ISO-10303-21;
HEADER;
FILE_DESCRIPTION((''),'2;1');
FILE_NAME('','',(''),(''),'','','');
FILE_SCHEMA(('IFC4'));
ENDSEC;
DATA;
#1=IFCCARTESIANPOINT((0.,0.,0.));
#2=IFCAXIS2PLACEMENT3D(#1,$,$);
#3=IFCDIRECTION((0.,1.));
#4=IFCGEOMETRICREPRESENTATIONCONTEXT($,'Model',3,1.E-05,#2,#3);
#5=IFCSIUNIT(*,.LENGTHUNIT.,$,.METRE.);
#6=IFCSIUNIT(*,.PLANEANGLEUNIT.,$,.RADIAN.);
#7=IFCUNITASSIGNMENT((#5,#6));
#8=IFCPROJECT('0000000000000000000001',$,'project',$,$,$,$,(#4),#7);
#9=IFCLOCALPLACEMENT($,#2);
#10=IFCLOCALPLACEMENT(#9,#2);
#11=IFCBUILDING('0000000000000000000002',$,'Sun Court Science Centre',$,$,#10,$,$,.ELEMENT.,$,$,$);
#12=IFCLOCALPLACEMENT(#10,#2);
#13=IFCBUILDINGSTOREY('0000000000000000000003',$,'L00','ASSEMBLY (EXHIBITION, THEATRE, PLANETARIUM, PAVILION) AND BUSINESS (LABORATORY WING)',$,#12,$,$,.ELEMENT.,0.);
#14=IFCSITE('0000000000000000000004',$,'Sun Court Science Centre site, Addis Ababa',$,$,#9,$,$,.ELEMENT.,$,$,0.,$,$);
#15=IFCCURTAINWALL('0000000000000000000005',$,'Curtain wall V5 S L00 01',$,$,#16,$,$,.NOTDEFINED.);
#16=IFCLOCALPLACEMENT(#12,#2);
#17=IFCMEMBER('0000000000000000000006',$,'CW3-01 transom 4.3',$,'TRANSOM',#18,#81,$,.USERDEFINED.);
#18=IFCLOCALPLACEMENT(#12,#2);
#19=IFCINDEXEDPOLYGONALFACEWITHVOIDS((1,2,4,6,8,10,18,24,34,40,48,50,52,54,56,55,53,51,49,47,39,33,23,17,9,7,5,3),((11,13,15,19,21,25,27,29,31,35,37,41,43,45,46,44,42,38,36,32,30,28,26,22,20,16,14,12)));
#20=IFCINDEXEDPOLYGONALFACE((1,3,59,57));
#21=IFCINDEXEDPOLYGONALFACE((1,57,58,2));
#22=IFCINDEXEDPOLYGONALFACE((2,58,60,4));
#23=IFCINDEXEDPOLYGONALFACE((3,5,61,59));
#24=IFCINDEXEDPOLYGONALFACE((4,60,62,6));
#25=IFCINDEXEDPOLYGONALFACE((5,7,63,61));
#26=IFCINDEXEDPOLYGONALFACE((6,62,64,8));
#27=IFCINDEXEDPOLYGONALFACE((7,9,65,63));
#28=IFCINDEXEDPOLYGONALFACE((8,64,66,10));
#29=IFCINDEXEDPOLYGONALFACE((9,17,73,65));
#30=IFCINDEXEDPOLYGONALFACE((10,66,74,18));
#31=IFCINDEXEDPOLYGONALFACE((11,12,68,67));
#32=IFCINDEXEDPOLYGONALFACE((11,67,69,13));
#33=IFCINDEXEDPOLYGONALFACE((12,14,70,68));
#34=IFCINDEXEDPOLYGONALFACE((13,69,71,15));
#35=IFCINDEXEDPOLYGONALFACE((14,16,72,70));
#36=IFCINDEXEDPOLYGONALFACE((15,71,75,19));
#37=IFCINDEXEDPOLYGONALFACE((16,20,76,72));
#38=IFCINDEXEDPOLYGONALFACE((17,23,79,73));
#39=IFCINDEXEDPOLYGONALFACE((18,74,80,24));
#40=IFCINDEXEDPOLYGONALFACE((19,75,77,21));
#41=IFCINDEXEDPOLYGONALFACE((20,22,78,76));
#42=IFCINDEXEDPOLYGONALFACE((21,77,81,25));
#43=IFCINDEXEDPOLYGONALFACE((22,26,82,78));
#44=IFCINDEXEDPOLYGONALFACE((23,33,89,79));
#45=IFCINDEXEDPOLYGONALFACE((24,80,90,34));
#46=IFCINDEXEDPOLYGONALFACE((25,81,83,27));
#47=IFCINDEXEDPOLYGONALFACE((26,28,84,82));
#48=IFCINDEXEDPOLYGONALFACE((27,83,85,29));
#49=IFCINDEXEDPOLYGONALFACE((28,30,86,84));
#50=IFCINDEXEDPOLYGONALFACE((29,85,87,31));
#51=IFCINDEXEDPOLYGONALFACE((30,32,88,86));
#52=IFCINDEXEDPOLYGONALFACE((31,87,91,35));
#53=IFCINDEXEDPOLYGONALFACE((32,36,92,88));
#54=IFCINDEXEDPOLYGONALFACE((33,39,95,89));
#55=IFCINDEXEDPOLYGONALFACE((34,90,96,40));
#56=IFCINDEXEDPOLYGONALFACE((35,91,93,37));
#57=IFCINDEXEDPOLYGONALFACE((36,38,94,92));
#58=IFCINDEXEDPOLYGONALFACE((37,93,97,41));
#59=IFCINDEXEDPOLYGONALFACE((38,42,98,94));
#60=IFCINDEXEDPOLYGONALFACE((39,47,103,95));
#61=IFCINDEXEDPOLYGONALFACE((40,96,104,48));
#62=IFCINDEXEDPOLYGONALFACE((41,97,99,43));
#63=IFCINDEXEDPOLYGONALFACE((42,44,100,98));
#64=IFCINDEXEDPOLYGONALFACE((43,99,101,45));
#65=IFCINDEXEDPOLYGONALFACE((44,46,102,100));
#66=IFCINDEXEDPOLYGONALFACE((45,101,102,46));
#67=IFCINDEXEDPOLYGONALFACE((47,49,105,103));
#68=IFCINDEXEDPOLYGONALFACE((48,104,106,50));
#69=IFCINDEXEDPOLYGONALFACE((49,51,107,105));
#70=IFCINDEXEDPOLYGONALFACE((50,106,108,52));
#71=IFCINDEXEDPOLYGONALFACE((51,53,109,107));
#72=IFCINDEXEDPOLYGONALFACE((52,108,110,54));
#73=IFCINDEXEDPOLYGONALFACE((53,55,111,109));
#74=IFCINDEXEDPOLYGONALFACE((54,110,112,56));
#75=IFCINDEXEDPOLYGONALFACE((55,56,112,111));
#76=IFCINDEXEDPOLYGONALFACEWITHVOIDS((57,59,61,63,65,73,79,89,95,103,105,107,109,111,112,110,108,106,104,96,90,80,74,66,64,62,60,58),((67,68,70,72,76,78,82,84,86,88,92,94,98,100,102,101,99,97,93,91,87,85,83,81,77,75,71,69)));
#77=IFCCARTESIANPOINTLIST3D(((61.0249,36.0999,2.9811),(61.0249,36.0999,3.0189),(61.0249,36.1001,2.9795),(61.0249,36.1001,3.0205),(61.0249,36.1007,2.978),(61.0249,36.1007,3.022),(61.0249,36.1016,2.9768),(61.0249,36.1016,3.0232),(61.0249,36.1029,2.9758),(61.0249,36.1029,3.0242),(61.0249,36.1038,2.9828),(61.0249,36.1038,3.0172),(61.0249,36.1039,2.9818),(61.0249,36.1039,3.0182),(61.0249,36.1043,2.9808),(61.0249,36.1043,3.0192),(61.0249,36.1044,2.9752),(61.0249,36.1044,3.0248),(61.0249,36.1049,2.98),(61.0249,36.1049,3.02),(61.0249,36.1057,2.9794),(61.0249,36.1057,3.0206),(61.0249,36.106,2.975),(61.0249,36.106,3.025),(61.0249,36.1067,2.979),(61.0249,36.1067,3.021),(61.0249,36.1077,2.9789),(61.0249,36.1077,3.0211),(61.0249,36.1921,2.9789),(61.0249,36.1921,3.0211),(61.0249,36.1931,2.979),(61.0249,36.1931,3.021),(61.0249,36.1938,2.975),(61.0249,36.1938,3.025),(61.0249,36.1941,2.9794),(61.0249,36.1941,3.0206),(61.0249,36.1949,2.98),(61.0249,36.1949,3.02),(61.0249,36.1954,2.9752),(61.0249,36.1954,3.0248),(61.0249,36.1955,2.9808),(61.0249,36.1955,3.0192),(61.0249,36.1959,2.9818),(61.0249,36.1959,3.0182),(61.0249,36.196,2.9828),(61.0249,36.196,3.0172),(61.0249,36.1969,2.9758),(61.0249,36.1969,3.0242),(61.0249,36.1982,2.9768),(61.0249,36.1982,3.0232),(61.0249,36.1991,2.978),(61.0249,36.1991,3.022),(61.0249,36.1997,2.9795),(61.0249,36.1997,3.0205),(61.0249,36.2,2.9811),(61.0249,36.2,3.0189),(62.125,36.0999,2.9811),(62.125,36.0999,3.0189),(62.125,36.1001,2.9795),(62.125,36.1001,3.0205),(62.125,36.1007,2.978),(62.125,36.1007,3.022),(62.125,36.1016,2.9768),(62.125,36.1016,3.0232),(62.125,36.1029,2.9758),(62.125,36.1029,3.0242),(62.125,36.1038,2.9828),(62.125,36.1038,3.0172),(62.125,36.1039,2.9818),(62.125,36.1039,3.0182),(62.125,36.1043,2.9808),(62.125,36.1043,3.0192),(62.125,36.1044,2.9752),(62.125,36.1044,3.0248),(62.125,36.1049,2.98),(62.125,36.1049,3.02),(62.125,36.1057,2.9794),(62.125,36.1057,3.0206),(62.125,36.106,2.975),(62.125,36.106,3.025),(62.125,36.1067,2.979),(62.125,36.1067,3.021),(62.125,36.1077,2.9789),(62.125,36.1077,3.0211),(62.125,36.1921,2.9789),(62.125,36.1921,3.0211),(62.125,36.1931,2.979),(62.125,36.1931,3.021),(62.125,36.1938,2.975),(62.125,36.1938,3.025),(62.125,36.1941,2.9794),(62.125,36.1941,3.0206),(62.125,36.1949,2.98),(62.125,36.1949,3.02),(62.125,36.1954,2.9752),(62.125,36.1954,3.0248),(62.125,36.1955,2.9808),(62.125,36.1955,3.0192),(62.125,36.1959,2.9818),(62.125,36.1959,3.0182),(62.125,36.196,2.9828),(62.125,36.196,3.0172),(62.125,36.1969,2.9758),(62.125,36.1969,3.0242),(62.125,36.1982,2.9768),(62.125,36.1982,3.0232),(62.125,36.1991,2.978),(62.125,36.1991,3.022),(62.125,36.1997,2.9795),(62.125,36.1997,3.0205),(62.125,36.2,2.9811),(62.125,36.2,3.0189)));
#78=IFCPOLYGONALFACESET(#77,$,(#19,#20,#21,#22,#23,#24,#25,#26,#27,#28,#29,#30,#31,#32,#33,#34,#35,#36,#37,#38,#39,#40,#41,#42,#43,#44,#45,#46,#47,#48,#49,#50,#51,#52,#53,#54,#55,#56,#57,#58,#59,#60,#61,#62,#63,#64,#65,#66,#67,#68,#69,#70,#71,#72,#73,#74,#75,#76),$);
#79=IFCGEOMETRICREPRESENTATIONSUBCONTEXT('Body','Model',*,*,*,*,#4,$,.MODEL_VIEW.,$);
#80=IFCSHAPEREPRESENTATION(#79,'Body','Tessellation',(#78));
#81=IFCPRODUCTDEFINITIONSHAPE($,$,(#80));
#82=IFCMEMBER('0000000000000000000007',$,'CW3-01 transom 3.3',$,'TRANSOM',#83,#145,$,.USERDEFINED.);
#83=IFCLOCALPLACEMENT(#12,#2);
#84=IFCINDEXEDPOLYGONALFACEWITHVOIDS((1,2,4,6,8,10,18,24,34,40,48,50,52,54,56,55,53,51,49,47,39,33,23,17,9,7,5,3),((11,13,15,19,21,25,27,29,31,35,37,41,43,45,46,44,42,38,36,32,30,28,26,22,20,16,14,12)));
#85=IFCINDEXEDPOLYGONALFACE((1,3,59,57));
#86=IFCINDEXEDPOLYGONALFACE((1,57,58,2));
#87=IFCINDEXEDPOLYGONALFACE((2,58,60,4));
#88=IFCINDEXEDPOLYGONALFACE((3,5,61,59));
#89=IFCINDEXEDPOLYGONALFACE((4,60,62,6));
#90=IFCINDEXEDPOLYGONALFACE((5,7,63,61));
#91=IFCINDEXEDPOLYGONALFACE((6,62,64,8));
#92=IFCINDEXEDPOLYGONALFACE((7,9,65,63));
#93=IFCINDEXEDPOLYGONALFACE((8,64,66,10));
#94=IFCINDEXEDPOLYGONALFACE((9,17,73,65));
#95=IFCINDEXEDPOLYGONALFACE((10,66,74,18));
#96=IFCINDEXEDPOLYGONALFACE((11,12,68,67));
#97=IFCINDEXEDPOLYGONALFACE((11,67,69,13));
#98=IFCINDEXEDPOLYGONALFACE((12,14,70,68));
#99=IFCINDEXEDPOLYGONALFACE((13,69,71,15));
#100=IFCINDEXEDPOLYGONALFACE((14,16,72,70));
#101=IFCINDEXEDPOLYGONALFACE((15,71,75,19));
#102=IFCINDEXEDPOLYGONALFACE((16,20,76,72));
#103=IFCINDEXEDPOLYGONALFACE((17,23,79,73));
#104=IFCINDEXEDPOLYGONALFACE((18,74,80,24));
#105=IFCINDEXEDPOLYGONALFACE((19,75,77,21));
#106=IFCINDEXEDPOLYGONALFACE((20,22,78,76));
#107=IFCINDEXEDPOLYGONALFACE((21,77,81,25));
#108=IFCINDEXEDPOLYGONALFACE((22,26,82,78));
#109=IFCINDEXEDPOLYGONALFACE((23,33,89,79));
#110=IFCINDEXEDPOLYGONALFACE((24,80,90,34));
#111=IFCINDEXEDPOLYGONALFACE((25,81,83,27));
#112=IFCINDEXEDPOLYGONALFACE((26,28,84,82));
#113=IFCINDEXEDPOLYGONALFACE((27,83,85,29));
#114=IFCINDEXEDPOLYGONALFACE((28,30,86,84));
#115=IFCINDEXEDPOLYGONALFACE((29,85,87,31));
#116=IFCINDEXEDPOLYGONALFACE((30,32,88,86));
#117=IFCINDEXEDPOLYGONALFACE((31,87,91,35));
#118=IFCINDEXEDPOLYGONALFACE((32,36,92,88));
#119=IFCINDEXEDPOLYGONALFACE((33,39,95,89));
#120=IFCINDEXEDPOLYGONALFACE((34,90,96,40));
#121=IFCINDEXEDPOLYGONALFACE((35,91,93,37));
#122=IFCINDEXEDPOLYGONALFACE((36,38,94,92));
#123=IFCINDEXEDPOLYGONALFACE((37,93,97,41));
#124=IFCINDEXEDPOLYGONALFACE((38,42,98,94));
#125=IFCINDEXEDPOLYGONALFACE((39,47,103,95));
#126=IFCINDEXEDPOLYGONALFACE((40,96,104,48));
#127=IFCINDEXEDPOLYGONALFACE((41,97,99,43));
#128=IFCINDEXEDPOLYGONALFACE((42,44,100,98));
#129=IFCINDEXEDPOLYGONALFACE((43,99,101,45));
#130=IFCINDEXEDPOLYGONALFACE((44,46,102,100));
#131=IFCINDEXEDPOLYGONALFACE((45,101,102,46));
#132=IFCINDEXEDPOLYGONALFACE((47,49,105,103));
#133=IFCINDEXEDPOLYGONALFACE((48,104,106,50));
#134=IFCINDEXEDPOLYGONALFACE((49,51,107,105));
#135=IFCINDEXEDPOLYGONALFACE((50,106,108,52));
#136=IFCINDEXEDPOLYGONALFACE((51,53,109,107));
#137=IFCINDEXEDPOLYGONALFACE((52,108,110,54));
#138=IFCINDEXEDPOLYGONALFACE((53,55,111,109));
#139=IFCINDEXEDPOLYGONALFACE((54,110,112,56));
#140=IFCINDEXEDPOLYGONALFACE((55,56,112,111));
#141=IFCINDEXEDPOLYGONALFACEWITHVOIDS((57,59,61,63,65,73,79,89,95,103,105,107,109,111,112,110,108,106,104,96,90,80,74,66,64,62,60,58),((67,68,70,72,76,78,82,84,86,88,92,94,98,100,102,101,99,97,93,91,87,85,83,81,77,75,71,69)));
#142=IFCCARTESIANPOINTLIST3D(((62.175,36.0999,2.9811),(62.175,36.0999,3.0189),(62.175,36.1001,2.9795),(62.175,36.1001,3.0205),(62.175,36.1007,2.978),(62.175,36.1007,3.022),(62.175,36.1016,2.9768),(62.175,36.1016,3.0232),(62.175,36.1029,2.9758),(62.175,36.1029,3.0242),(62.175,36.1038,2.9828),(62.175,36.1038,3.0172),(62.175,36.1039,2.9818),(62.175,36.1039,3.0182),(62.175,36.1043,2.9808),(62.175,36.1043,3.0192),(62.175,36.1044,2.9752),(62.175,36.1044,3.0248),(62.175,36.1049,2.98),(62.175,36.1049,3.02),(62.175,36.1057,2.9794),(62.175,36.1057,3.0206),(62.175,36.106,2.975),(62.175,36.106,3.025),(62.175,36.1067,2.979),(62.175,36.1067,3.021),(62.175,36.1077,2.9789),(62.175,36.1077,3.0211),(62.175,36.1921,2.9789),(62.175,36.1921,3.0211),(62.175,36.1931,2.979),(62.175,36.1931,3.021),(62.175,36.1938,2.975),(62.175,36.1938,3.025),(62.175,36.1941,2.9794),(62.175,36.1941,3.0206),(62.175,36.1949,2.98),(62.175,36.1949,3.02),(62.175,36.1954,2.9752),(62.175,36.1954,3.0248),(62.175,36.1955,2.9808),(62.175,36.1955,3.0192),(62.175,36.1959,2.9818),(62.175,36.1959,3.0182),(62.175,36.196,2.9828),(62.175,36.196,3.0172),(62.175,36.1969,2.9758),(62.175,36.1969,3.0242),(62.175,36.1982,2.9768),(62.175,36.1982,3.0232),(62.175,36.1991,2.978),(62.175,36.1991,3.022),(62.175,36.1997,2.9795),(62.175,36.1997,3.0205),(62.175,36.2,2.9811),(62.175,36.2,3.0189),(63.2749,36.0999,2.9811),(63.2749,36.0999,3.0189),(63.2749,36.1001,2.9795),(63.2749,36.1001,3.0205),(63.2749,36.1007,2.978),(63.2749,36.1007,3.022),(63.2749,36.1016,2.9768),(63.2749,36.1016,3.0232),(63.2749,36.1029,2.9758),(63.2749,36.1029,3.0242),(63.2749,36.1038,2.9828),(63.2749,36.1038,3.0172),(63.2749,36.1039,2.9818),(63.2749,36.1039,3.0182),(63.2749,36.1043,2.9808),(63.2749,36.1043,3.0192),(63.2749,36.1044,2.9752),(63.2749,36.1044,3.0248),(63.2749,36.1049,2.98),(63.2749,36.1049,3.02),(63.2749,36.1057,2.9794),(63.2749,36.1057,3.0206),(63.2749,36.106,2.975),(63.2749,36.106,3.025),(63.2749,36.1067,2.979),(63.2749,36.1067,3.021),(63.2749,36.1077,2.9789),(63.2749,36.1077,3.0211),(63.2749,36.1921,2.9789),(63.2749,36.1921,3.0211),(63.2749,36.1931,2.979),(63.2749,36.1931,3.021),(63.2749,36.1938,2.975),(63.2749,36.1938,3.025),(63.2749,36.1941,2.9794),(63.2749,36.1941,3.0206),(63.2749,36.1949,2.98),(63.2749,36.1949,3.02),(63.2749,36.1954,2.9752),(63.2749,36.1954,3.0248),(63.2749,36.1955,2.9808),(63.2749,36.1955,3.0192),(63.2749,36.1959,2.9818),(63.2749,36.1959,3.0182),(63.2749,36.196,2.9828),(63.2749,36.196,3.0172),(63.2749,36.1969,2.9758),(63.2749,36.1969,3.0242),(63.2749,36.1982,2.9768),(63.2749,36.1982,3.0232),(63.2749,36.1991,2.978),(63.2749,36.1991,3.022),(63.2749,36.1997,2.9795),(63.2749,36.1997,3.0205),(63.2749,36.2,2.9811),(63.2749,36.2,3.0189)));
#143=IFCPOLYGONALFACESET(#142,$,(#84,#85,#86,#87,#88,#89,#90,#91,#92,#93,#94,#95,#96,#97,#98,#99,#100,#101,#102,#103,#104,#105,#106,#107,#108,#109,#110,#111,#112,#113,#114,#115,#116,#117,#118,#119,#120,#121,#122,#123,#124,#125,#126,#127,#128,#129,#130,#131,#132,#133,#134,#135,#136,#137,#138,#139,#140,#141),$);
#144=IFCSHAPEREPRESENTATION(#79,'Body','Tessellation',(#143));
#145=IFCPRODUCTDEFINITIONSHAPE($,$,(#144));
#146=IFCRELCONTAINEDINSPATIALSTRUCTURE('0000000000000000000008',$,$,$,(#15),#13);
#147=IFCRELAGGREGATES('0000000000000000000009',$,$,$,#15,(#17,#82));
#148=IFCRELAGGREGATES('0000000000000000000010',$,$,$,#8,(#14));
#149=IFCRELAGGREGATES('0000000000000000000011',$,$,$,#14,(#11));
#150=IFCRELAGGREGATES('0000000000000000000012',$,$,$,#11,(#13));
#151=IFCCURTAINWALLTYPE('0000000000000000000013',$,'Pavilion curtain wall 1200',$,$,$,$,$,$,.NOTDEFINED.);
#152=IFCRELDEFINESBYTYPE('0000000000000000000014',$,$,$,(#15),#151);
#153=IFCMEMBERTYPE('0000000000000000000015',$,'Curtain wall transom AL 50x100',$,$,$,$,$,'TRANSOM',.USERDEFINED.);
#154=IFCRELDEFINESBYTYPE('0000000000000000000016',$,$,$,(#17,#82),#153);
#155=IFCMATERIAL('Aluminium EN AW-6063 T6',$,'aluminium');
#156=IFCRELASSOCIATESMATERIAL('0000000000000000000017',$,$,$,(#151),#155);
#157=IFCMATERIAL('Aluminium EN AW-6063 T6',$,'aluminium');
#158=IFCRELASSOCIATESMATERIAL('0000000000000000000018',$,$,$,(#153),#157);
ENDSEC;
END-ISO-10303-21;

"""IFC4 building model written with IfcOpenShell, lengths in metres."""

from ifc_helpers import new_model, si_unit, direction, frame, origin, origin_2d, place, context, subcontext, project, spatial, hollow_rectangle, extrude, material, material_profile, profile_set, type_object, element, aggregate, save


model = new_model("IFC4")

# Units and contexts
model_context = context("Model", 3, precision=1e-05, world=origin(), true_north=direction((0.0, 1.0)))
body_context = subcontext(model_context, "Body", "Model", "MODEL_VIEW")
ifc_project = project(units=[si_unit("LENGTHUNIT", "METRE"), si_unit("PLANEANGLEUNIT", "RADIAN")], contexts=[model_context])

# Site, building, storey
site_placement = place(None, origin())
site = spatial("IfcSite", under=ifc_project, at=site_placement, Name="Sun Court Science Centre site, Addis Ababa", CompositionType="ELEMENT", RefElevation=0.0)
building_placement = place(site_placement, origin())
building = spatial("IfcBuilding", under=site, at=building_placement, Name="Sun Court Science Centre", CompositionType="ELEMENT")
storey_placement = place(building_placement, origin())
storey = spatial("IfcBuildingStorey", under=building, at=storey_placement, Name="L00", Description="ASSEMBLY (EXHIBITION, THEATRE, PLANETARIUM, PAVILION) AND BUSINESS (LABORATORY WING)", CompositionType="ELEMENT", Elevation=0.0)

# Curtain wall, members
ifc_material_1 = material(Name="Aluminium EN AW-6063 T6", Category="aluminium")
curtain_wall_type = type_object("IfcCurtainWallType", Name="Pavilion curtain wall 1200", PredefinedType="NOTDEFINED", material=ifc_material_1)
curtain_wall_placement = place(storey_placement, origin())
curtain_wall = element("IfcCurtainWall", 1, at=curtain_wall_placement, inside=storey, type_object=curtain_wall_type, Name="Curtain wall V5 S L00 01", PredefinedType="NOTDEFINED")
ifc_material_2 = material(Name="Aluminium EN AW-6063 T6", Category="aluminium")
ifc_material_profile_1 = material_profile(ifc_material_2, hollow_rectangle(XDim=0.05, YDim=0.1001, WallThickness=0.0039, InnerFilletRadius=0.0039, OuterFilletRadius=0.0061, at=origin_2d()), Name="AL 50x100x4")
ifc_profile_set_1 = profile_set([ifc_material_profile_1], Name="Aluminium EN AW-6063 T6")
member_type_1 = type_object("IfcMemberType", Name="Curtain wall transom AL 50x100", ElementType="TRANSOM", PredefinedType="USERDEFINED", material=ifc_profile_set_1)
member_1_placement = place(storey_placement, frame((62.125, 36.1499, 3.0), z_axis=(-1.0, 0.0, 0.0), x_axis=(0.0, 0.0, 1.0)))
member_1 = element("IfcMember", 2, at=member_1_placement, type_object=member_type_1, Name="CW3-01 transom 4.3", ObjectType="TRANSOM", PredefinedType="USERDEFINED", context=body_context, shape_type="SweptSolid", body=[
    extrude(hollow_rectangle(XDim=0.05, YDim=0.1001, WallThickness=0.0039, InnerFilletRadius=0.0039, OuterFilletRadius=0.0061, at=origin_2d()), origin(), (0.0, 0.0, 1.0), 1.1001),
])
member_2_placement = place(storey_placement, frame((63.2749, 36.1499, 3.0), z_axis=(-1.0, 0.0, 0.0), x_axis=(0.0, 0.0, 1.0)))
member_2 = element("IfcMember", 3, at=member_2_placement, type_object=member_type_1, Name="CW3-01 transom 3.3", ObjectType="TRANSOM", PredefinedType="USERDEFINED", context=body_context, shape_type="SweptSolid", body=[
    extrude(hollow_rectangle(XDim=0.05, YDim=0.1001, WallThickness=0.0039, InnerFilletRadius=0.0039, OuterFilletRadius=0.0061, at=origin_2d()), origin(), (0.0, 0.0, 1.0), 1.0999),
])
aggregate(curtain_wall, [member_1, member_2])

save(model, "model.ifc")
